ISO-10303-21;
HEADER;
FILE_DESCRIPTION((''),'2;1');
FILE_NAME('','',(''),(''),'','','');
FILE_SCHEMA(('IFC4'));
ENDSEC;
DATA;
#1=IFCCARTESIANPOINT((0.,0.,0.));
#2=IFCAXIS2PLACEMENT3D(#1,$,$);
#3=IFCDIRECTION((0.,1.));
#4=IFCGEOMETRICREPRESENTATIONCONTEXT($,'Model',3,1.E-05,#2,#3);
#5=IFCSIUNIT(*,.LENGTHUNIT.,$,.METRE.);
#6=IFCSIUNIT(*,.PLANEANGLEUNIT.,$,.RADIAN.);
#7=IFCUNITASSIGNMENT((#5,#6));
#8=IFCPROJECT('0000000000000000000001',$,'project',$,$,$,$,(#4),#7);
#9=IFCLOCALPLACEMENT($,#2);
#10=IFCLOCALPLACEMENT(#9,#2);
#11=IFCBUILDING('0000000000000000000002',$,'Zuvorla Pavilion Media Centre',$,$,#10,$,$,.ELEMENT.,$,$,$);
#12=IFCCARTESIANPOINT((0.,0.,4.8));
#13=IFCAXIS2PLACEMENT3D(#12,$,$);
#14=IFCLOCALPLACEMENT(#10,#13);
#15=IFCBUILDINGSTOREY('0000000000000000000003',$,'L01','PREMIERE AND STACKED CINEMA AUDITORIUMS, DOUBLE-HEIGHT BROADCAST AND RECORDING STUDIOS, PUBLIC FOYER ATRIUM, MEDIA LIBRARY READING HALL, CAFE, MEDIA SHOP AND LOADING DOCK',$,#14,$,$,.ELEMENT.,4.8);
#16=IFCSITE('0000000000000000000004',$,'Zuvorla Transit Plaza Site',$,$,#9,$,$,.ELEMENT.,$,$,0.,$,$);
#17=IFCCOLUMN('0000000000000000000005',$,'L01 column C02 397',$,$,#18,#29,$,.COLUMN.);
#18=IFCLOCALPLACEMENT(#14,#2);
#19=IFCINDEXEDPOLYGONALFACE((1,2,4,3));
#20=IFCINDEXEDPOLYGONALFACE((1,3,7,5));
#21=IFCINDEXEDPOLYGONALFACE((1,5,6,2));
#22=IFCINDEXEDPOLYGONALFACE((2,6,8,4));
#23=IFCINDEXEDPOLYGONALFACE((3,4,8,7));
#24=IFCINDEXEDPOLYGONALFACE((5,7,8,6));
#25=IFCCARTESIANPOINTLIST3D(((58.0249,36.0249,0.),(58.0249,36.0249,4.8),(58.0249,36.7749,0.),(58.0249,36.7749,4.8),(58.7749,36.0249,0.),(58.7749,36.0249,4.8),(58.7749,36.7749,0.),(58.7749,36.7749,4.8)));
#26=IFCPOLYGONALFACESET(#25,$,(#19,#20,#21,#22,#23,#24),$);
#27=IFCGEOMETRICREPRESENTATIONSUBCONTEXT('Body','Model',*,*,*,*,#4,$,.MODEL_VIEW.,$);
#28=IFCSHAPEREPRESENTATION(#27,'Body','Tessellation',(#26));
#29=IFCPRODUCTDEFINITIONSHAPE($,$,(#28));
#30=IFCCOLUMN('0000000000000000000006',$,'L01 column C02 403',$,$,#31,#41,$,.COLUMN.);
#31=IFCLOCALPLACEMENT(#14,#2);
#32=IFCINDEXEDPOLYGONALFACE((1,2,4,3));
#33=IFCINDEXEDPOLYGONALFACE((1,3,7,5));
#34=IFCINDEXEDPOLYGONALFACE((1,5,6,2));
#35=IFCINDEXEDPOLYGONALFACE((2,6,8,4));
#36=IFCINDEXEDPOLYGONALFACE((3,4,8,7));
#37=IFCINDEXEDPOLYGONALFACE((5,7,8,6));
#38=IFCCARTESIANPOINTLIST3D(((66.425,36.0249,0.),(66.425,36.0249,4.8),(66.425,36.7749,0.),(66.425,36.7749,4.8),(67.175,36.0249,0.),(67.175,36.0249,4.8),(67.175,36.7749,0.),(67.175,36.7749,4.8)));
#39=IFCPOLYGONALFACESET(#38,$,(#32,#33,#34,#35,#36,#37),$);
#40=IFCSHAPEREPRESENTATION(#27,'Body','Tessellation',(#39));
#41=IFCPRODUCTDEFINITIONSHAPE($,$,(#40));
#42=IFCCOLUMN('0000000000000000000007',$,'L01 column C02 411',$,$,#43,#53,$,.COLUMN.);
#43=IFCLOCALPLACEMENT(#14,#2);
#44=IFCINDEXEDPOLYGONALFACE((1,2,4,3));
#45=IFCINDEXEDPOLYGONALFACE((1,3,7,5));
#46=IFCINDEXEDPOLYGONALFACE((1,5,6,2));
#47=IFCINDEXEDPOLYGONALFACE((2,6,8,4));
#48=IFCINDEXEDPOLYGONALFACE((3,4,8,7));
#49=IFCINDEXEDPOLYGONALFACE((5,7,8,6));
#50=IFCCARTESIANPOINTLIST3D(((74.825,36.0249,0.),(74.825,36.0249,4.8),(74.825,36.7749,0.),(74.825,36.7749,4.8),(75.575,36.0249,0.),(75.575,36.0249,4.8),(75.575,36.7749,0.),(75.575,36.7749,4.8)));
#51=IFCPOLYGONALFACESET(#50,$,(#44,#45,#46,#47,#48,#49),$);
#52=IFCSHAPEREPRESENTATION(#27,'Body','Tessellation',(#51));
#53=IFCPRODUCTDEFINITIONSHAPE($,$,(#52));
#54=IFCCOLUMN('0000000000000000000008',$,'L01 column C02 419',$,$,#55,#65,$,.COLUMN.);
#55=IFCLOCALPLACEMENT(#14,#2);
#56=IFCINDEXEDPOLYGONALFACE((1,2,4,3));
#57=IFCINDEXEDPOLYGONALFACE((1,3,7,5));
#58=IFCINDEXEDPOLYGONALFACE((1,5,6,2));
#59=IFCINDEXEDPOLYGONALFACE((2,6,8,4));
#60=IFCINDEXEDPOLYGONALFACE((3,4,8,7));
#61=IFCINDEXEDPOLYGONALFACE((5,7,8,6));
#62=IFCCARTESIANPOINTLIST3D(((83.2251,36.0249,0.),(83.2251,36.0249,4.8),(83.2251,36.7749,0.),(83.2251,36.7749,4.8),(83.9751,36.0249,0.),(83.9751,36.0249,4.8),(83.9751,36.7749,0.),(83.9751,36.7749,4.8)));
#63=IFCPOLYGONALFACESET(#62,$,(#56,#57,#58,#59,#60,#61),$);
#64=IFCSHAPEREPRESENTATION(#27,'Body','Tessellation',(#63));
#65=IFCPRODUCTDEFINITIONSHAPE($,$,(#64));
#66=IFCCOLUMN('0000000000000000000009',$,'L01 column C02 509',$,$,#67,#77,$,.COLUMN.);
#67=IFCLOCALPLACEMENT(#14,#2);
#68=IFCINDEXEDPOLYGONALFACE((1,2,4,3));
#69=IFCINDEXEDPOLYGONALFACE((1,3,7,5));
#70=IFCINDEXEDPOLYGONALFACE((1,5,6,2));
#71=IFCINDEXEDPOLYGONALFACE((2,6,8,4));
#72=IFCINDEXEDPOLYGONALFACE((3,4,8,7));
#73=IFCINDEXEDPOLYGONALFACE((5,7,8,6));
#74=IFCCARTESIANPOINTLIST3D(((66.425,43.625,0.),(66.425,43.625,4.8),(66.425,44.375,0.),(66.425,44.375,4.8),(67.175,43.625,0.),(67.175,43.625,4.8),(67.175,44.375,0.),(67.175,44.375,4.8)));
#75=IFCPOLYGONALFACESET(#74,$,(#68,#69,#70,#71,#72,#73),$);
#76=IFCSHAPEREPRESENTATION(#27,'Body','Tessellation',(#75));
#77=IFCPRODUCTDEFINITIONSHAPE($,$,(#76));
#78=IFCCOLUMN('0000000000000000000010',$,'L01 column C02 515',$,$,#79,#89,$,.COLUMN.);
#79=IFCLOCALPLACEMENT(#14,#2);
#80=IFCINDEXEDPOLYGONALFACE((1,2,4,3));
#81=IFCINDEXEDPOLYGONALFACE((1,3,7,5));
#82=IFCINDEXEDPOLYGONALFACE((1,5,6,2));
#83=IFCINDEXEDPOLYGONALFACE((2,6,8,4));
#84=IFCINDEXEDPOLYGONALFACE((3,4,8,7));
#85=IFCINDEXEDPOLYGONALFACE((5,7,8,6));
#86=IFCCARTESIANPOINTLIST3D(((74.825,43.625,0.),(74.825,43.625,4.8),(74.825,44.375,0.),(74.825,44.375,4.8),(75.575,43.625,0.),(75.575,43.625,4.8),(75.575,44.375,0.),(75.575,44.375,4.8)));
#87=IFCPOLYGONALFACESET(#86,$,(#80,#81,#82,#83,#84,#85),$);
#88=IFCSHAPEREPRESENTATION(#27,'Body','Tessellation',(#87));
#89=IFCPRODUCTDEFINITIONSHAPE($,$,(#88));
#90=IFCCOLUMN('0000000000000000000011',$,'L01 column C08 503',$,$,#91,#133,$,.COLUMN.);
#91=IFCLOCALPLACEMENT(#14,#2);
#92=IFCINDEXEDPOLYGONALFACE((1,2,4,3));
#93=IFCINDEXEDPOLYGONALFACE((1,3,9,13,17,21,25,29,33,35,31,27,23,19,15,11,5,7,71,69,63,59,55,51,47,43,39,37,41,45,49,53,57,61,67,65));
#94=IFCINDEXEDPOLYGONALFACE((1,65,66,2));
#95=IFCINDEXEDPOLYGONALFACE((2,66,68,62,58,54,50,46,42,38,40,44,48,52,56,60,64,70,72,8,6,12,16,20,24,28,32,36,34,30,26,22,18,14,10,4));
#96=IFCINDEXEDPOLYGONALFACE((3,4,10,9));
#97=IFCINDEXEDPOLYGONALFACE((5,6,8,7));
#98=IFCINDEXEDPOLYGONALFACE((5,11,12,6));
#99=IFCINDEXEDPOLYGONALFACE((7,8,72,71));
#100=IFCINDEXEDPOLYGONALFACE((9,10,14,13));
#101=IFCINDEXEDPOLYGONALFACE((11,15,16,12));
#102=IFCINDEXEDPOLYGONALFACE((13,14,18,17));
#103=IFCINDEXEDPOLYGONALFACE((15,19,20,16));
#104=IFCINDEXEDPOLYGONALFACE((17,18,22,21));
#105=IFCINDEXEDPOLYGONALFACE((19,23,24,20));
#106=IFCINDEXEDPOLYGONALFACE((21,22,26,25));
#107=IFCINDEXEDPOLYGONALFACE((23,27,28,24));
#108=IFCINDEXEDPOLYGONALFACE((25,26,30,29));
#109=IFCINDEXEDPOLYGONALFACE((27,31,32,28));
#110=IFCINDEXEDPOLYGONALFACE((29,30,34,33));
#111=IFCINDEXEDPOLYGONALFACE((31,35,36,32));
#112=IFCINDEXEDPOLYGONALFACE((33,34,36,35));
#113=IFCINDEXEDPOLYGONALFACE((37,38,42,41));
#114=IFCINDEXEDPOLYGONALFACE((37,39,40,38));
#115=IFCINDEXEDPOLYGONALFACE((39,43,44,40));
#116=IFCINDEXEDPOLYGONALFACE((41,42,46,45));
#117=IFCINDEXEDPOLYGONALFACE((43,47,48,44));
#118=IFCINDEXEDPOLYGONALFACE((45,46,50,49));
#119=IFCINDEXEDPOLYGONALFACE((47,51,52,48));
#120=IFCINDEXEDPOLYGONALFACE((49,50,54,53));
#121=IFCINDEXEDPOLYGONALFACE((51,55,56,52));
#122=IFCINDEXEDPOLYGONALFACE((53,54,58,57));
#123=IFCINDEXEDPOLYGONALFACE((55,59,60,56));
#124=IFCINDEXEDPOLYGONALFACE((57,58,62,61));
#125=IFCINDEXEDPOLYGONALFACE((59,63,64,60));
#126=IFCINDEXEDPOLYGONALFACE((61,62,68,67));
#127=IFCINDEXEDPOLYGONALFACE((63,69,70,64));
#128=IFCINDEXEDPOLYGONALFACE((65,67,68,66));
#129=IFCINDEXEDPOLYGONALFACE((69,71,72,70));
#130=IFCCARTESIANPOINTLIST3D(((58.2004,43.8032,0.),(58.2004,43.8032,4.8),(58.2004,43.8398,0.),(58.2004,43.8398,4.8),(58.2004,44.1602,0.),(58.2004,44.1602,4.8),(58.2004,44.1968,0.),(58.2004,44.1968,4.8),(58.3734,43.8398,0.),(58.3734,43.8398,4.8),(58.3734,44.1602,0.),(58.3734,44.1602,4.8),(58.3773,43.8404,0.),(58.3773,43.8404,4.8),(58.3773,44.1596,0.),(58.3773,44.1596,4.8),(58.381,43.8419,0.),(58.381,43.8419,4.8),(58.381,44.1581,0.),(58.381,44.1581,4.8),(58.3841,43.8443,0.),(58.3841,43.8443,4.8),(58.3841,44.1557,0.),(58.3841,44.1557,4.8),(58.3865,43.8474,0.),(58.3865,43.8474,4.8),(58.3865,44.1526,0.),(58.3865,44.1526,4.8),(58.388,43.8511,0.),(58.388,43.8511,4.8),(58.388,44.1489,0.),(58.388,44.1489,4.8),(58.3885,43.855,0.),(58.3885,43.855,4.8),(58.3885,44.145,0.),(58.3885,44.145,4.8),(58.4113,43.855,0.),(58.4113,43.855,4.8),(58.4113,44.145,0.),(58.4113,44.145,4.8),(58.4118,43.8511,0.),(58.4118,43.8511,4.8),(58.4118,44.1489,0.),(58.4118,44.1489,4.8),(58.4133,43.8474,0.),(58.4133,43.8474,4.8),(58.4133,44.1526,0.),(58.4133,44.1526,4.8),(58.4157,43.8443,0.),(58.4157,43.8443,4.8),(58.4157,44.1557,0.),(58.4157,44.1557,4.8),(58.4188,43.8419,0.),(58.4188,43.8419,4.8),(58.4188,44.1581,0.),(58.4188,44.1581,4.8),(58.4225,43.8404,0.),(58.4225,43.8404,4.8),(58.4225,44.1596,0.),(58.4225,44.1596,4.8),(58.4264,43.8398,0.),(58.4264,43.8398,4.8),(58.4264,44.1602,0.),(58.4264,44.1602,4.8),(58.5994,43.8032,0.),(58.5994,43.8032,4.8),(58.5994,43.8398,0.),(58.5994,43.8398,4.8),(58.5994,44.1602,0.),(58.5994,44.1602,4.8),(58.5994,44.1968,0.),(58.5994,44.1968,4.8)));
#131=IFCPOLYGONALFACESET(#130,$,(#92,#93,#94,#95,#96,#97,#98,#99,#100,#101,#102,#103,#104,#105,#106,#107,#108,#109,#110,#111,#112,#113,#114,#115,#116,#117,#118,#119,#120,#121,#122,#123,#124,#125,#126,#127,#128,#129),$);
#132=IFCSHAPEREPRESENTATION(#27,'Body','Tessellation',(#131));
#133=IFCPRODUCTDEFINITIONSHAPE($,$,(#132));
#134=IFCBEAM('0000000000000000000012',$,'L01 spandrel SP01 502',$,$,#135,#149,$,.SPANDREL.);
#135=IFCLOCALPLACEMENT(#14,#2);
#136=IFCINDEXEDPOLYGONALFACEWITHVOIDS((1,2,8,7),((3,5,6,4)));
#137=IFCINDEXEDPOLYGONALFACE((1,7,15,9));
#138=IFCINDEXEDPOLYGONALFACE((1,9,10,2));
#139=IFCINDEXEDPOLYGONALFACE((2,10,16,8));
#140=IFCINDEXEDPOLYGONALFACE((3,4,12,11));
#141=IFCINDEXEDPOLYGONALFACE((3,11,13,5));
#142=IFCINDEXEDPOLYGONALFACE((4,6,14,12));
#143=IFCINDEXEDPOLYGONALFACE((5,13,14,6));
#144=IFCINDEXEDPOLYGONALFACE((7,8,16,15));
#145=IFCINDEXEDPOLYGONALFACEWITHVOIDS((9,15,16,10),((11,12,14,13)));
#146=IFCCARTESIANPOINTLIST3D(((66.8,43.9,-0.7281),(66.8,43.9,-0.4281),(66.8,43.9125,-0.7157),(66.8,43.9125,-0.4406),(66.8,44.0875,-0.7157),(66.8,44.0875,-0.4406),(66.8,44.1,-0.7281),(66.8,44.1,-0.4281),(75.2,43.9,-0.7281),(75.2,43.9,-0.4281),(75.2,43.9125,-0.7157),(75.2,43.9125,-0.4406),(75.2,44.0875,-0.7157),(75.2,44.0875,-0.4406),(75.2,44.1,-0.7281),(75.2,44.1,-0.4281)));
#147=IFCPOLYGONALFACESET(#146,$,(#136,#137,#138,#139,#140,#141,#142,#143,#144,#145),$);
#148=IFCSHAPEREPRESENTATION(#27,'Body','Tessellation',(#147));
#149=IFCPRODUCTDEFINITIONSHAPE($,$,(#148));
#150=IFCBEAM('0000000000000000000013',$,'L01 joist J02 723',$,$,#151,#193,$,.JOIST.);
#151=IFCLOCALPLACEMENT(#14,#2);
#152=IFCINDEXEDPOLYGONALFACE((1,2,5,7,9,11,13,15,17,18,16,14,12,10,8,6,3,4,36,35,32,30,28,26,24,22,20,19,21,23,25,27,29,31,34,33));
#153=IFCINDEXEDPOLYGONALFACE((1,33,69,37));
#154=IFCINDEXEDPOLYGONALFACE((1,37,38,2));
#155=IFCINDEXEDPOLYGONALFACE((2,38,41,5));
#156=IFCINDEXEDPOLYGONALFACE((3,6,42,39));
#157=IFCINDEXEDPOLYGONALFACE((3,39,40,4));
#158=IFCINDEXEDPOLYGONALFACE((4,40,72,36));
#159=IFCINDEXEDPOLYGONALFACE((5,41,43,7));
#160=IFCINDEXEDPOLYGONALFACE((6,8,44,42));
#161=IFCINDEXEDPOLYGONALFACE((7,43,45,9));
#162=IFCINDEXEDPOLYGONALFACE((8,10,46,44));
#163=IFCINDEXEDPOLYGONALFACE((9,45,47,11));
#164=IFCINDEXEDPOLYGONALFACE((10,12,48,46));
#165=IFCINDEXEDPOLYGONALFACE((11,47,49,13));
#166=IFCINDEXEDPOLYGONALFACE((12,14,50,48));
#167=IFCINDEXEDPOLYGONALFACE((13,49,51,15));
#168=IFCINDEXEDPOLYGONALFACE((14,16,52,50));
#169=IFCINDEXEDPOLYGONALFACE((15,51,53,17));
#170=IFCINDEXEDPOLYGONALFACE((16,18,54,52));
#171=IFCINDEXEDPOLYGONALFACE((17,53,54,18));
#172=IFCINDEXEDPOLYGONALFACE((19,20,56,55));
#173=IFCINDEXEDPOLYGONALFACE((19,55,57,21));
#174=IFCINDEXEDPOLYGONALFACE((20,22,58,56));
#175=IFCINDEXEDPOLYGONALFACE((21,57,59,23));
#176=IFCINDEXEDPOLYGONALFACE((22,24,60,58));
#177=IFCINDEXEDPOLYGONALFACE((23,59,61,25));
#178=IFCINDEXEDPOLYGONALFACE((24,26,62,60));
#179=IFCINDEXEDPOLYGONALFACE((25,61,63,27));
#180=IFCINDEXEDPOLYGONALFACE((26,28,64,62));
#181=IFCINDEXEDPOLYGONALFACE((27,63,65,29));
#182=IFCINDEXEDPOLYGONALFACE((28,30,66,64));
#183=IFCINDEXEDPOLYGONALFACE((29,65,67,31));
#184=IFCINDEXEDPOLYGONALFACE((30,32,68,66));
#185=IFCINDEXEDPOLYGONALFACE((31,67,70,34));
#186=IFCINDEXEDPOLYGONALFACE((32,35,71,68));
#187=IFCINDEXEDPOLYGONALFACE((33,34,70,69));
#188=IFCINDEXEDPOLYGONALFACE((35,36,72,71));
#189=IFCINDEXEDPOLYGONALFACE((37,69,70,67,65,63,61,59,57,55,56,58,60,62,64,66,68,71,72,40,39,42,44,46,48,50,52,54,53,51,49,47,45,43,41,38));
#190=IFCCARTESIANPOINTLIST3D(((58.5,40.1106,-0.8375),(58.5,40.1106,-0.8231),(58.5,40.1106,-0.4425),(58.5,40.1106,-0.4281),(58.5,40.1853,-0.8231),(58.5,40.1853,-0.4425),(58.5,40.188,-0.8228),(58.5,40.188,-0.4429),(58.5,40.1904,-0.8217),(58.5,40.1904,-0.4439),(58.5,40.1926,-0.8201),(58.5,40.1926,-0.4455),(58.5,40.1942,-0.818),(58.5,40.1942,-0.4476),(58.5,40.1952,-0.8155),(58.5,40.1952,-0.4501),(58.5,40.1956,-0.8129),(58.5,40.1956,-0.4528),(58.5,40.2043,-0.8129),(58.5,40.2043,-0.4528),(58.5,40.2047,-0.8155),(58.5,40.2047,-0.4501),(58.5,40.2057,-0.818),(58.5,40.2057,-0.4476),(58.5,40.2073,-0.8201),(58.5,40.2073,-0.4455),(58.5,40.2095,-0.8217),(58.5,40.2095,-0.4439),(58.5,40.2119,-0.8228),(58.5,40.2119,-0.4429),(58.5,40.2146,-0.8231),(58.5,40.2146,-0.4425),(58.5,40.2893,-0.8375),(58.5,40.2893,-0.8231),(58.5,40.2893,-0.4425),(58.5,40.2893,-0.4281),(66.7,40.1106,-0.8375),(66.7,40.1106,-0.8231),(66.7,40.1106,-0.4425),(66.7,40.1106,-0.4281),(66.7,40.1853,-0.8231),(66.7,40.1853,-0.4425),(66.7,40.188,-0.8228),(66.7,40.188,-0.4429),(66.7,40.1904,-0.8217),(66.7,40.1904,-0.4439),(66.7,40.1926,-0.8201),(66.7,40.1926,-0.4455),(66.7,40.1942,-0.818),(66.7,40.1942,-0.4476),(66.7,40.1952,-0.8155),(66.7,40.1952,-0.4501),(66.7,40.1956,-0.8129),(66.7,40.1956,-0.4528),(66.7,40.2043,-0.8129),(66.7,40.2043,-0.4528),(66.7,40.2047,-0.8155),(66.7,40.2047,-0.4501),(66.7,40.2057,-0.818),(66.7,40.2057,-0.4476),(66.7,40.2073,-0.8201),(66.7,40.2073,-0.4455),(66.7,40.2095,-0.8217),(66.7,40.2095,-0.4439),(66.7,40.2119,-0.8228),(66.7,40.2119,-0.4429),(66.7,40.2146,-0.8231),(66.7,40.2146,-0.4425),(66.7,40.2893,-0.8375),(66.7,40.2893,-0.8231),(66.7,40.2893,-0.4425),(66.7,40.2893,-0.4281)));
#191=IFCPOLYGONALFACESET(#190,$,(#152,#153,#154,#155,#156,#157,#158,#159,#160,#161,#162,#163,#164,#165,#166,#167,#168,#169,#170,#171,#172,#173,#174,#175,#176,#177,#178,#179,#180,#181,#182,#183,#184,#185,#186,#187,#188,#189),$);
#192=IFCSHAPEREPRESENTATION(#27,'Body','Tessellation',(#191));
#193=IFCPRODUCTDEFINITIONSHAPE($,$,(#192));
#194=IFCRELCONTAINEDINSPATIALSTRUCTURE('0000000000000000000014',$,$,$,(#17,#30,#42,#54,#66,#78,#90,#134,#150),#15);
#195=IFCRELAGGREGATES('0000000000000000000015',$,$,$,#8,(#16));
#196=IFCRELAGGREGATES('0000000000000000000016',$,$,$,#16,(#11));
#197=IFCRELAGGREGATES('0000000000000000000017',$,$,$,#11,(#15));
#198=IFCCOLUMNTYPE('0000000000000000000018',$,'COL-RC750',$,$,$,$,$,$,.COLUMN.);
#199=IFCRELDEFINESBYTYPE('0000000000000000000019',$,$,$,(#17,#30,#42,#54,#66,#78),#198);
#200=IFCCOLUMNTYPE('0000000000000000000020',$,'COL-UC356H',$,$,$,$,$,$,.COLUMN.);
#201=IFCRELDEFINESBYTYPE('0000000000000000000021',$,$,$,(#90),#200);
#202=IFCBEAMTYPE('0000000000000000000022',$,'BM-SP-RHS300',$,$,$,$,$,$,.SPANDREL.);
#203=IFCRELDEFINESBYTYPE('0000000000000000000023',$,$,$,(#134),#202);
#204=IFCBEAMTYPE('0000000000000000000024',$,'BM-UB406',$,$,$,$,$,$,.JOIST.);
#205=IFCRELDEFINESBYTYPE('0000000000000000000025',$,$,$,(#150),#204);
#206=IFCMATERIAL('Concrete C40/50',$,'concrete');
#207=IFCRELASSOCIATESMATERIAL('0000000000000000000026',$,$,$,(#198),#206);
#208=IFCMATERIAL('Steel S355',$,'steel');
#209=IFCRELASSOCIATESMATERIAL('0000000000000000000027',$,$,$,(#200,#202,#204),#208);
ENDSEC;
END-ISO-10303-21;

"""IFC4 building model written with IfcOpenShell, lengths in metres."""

from ifc_helpers import new_model, si_unit, direction, frame, origin, origin_2d, place, context, subcontext, project, spatial, rectangle, hollow_rectangle, i_section, extrude, material, material_profile, profile_set, type_object, element, save


model = new_model("IFC4")

# Units and contexts
model_context = context("Model", 3, precision=1e-05, world=origin(), true_north=direction((0.0, 1.0)))
body_context = subcontext(model_context, "Body", "Model", "MODEL_VIEW")
ifc_project = project(units=[si_unit("LENGTHUNIT", "METRE"), si_unit("PLANEANGLEUNIT", "RADIAN")], contexts=[model_context])

# Site, building, storey
site_placement = place(None, origin())
site = spatial("IfcSite", under=ifc_project, at=site_placement, Name="Zuvorla Transit Plaza Site", CompositionType="ELEMENT", RefElevation=0.0)
building_placement = place(site_placement, origin())
building = spatial("IfcBuilding", under=site, at=building_placement, Name="Zuvorla Pavilion Media Centre", CompositionType="ELEMENT")
storey_placement = place(building_placement, frame((0.0, 0.0, 4.8)))
storey = spatial("IfcBuildingStorey", under=building, at=storey_placement, Name="L01", Description="PREMIERE AND STACKED CINEMA AUDITORIUMS, DOUBLE-HEIGHT BROADCAST AND RECORDING STUDIOS, PUBLIC FOYER ATRIUM, MEDIA LIBRARY READING HALL, CAFE, MEDIA SHOP AND LOADING DOCK", CompositionType="ELEMENT", Elevation=4.8)

# Columns
ifc_material_1 = material(Name="Concrete C40/50", Category="concrete")
ifc_material_profile_1 = material_profile(ifc_material_1, rectangle(XDim=0.75, YDim=0.75, at=origin_2d()), Name="RC 750x750")
ifc_profile_set_1 = profile_set([ifc_material_profile_1], Name="Concrete C40/50")
column_type_1 = type_object("IfcColumnType", Name="COL-RC750", PredefinedType="COLUMN", material=ifc_profile_set_1)
for number, where, z_axis, x_axis, name in (
    (1, (58.3999, 36.3999, 0.0), (0.0, 0.0, 1.0), (1.0, 0.0, 0.0), "L01 column C02 397"),
    (2, (66.8, 36.3999, 0.0), (0.0, 0.0, 1.0), (1.0, 0.0, 0.0), "L01 column C02 403"),
    (3, (75.2, 36.3999, 0.0), (0.0, 0.0, 1.0), (1.0, 0.0, 0.0), "L01 column C02 411"),
    (4, (83.6001, 36.3999, 0.0), (0.0, 0.0, 1.0), (1.0, 0.0, 0.0), "L01 column C02 419"),
    (5, (66.8, 44.0, 0.0), (0.0, 0.0, 1.0), (1.0, 0.0, 0.0), "L01 column C02 509"),
    (6, (75.2, 44.0, 0.0), (0.0, 0.0, 1.0), (1.0, 0.0, 0.0), "L01 column C02 515"),
):
    element("IfcColumn", number, at=place(storey_placement, frame(where, z_axis=z_axis, x_axis=x_axis)), inside=storey, type_object=column_type_1, Name=name, PredefinedType="COLUMN", context=body_context, shape_type="SweptSolid", body=[
        extrude(rectangle(XDim=0.75, YDim=0.75, at=origin_2d()), origin(), (0.0, 0.0, 1.0), 4.8),
    ])
ifc_material_2 = material(Name="Steel S355", Category="steel")
ifc_material_profile_2 = material_profile(ifc_material_2, i_section(OverallWidth=0.3989, OverallDepth=0.3936, WebThickness=0.0227, FlangeThickness=0.0366, FilletRadius=0.0151, at=origin_2d()), Name="UC 356x406x287")
ifc_profile_set_2 = profile_set([ifc_material_profile_2], Name="Steel S355")
column_type_2 = type_object("IfcColumnType", Name="COL-UC356H", PredefinedType="COLUMN", material=ifc_profile_set_2)
column_placement = place(storey_placement, frame((58.3999, 44.0, 0.0), z_axis=(0.0, 0.0, 1.0), x_axis=(1.0, 0.0, 0.0)))
element("IfcColumn", 7, at=column_placement, inside=storey, type_object=column_type_2, Name="L01 column C08 503", PredefinedType="COLUMN", context=body_context, shape_type="SweptSolid", body=[
    extrude(i_section(OverallWidth=0.3989, OverallDepth=0.3936, WebThickness=0.0227, FlangeThickness=0.0366, FilletRadius=0.0151, at=origin_2d()), origin(), (0.0, 0.0, 1.0), 4.8),
])

# Beams
ifc_material_profile_3 = material_profile(ifc_material_2, hollow_rectangle(XDim=0.2, YDim=0.3, WallThickness=0.0125, at=origin_2d()), Name="RHS 300x200x12.5")
ifc_profile_set_3 = profile_set([ifc_material_profile_3], Name="Steel S355")
beam_type_1 = type_object("IfcBeamType", Name="BM-SP-RHS300", PredefinedType="SPANDREL", material=ifc_profile_set_3)
beam_1_placement = place(storey_placement, frame((66.8, 44.0, -0.5781), z_axis=(1.0, 0.0, 0.0), x_axis=(0.0, 1.0, 0.0)))
element("IfcBeam", 8, at=beam_1_placement, inside=storey, type_object=beam_type_1, Name="L01 spandrel SP01 502", PredefinedType="SPANDREL", context=body_context, shape_type="SweptSolid", body=[
    extrude(hollow_rectangle(XDim=0.2, YDim=0.3, WallThickness=0.0125, at=origin_2d()), origin(), (0.0, 0.0, 1.0), 8.3999),
])
ifc_material_profile_4 = material_profile(ifc_material_2, i_section(OverallWidth=0.1787, OverallDepth=0.4094, WebThickness=0.0088, FlangeThickness=0.0144, FilletRadius=0.0103, at=origin_2d()), Name="UB 406x178x67")
ifc_profile_set_4 = profile_set([ifc_material_profile_4], Name="Steel S355")
beam_type_2 = type_object("IfcBeamType", Name="BM-UB406", PredefinedType="JOIST", material=ifc_profile_set_4)
beam_2_placement = place(storey_placement, frame((58.5, 40.2, -0.6328), z_axis=(1.0, 0.0, 0.0), x_axis=(0.0, 1.0, 0.0)))
element("IfcBeam", 9, at=beam_2_placement, inside=storey, type_object=beam_type_2, Name="L01 joist J02 723", PredefinedType="JOIST", context=body_context, shape_type="SweptSolid", body=[
    extrude(i_section(OverallWidth=0.1787, OverallDepth=0.4094, WebThickness=0.0088, FlangeThickness=0.0144, FilletRadius=0.0103, at=origin_2d()), origin(), (0.0, 0.0, 1.0), 8.2),
])

save(model, "model.ifc")
